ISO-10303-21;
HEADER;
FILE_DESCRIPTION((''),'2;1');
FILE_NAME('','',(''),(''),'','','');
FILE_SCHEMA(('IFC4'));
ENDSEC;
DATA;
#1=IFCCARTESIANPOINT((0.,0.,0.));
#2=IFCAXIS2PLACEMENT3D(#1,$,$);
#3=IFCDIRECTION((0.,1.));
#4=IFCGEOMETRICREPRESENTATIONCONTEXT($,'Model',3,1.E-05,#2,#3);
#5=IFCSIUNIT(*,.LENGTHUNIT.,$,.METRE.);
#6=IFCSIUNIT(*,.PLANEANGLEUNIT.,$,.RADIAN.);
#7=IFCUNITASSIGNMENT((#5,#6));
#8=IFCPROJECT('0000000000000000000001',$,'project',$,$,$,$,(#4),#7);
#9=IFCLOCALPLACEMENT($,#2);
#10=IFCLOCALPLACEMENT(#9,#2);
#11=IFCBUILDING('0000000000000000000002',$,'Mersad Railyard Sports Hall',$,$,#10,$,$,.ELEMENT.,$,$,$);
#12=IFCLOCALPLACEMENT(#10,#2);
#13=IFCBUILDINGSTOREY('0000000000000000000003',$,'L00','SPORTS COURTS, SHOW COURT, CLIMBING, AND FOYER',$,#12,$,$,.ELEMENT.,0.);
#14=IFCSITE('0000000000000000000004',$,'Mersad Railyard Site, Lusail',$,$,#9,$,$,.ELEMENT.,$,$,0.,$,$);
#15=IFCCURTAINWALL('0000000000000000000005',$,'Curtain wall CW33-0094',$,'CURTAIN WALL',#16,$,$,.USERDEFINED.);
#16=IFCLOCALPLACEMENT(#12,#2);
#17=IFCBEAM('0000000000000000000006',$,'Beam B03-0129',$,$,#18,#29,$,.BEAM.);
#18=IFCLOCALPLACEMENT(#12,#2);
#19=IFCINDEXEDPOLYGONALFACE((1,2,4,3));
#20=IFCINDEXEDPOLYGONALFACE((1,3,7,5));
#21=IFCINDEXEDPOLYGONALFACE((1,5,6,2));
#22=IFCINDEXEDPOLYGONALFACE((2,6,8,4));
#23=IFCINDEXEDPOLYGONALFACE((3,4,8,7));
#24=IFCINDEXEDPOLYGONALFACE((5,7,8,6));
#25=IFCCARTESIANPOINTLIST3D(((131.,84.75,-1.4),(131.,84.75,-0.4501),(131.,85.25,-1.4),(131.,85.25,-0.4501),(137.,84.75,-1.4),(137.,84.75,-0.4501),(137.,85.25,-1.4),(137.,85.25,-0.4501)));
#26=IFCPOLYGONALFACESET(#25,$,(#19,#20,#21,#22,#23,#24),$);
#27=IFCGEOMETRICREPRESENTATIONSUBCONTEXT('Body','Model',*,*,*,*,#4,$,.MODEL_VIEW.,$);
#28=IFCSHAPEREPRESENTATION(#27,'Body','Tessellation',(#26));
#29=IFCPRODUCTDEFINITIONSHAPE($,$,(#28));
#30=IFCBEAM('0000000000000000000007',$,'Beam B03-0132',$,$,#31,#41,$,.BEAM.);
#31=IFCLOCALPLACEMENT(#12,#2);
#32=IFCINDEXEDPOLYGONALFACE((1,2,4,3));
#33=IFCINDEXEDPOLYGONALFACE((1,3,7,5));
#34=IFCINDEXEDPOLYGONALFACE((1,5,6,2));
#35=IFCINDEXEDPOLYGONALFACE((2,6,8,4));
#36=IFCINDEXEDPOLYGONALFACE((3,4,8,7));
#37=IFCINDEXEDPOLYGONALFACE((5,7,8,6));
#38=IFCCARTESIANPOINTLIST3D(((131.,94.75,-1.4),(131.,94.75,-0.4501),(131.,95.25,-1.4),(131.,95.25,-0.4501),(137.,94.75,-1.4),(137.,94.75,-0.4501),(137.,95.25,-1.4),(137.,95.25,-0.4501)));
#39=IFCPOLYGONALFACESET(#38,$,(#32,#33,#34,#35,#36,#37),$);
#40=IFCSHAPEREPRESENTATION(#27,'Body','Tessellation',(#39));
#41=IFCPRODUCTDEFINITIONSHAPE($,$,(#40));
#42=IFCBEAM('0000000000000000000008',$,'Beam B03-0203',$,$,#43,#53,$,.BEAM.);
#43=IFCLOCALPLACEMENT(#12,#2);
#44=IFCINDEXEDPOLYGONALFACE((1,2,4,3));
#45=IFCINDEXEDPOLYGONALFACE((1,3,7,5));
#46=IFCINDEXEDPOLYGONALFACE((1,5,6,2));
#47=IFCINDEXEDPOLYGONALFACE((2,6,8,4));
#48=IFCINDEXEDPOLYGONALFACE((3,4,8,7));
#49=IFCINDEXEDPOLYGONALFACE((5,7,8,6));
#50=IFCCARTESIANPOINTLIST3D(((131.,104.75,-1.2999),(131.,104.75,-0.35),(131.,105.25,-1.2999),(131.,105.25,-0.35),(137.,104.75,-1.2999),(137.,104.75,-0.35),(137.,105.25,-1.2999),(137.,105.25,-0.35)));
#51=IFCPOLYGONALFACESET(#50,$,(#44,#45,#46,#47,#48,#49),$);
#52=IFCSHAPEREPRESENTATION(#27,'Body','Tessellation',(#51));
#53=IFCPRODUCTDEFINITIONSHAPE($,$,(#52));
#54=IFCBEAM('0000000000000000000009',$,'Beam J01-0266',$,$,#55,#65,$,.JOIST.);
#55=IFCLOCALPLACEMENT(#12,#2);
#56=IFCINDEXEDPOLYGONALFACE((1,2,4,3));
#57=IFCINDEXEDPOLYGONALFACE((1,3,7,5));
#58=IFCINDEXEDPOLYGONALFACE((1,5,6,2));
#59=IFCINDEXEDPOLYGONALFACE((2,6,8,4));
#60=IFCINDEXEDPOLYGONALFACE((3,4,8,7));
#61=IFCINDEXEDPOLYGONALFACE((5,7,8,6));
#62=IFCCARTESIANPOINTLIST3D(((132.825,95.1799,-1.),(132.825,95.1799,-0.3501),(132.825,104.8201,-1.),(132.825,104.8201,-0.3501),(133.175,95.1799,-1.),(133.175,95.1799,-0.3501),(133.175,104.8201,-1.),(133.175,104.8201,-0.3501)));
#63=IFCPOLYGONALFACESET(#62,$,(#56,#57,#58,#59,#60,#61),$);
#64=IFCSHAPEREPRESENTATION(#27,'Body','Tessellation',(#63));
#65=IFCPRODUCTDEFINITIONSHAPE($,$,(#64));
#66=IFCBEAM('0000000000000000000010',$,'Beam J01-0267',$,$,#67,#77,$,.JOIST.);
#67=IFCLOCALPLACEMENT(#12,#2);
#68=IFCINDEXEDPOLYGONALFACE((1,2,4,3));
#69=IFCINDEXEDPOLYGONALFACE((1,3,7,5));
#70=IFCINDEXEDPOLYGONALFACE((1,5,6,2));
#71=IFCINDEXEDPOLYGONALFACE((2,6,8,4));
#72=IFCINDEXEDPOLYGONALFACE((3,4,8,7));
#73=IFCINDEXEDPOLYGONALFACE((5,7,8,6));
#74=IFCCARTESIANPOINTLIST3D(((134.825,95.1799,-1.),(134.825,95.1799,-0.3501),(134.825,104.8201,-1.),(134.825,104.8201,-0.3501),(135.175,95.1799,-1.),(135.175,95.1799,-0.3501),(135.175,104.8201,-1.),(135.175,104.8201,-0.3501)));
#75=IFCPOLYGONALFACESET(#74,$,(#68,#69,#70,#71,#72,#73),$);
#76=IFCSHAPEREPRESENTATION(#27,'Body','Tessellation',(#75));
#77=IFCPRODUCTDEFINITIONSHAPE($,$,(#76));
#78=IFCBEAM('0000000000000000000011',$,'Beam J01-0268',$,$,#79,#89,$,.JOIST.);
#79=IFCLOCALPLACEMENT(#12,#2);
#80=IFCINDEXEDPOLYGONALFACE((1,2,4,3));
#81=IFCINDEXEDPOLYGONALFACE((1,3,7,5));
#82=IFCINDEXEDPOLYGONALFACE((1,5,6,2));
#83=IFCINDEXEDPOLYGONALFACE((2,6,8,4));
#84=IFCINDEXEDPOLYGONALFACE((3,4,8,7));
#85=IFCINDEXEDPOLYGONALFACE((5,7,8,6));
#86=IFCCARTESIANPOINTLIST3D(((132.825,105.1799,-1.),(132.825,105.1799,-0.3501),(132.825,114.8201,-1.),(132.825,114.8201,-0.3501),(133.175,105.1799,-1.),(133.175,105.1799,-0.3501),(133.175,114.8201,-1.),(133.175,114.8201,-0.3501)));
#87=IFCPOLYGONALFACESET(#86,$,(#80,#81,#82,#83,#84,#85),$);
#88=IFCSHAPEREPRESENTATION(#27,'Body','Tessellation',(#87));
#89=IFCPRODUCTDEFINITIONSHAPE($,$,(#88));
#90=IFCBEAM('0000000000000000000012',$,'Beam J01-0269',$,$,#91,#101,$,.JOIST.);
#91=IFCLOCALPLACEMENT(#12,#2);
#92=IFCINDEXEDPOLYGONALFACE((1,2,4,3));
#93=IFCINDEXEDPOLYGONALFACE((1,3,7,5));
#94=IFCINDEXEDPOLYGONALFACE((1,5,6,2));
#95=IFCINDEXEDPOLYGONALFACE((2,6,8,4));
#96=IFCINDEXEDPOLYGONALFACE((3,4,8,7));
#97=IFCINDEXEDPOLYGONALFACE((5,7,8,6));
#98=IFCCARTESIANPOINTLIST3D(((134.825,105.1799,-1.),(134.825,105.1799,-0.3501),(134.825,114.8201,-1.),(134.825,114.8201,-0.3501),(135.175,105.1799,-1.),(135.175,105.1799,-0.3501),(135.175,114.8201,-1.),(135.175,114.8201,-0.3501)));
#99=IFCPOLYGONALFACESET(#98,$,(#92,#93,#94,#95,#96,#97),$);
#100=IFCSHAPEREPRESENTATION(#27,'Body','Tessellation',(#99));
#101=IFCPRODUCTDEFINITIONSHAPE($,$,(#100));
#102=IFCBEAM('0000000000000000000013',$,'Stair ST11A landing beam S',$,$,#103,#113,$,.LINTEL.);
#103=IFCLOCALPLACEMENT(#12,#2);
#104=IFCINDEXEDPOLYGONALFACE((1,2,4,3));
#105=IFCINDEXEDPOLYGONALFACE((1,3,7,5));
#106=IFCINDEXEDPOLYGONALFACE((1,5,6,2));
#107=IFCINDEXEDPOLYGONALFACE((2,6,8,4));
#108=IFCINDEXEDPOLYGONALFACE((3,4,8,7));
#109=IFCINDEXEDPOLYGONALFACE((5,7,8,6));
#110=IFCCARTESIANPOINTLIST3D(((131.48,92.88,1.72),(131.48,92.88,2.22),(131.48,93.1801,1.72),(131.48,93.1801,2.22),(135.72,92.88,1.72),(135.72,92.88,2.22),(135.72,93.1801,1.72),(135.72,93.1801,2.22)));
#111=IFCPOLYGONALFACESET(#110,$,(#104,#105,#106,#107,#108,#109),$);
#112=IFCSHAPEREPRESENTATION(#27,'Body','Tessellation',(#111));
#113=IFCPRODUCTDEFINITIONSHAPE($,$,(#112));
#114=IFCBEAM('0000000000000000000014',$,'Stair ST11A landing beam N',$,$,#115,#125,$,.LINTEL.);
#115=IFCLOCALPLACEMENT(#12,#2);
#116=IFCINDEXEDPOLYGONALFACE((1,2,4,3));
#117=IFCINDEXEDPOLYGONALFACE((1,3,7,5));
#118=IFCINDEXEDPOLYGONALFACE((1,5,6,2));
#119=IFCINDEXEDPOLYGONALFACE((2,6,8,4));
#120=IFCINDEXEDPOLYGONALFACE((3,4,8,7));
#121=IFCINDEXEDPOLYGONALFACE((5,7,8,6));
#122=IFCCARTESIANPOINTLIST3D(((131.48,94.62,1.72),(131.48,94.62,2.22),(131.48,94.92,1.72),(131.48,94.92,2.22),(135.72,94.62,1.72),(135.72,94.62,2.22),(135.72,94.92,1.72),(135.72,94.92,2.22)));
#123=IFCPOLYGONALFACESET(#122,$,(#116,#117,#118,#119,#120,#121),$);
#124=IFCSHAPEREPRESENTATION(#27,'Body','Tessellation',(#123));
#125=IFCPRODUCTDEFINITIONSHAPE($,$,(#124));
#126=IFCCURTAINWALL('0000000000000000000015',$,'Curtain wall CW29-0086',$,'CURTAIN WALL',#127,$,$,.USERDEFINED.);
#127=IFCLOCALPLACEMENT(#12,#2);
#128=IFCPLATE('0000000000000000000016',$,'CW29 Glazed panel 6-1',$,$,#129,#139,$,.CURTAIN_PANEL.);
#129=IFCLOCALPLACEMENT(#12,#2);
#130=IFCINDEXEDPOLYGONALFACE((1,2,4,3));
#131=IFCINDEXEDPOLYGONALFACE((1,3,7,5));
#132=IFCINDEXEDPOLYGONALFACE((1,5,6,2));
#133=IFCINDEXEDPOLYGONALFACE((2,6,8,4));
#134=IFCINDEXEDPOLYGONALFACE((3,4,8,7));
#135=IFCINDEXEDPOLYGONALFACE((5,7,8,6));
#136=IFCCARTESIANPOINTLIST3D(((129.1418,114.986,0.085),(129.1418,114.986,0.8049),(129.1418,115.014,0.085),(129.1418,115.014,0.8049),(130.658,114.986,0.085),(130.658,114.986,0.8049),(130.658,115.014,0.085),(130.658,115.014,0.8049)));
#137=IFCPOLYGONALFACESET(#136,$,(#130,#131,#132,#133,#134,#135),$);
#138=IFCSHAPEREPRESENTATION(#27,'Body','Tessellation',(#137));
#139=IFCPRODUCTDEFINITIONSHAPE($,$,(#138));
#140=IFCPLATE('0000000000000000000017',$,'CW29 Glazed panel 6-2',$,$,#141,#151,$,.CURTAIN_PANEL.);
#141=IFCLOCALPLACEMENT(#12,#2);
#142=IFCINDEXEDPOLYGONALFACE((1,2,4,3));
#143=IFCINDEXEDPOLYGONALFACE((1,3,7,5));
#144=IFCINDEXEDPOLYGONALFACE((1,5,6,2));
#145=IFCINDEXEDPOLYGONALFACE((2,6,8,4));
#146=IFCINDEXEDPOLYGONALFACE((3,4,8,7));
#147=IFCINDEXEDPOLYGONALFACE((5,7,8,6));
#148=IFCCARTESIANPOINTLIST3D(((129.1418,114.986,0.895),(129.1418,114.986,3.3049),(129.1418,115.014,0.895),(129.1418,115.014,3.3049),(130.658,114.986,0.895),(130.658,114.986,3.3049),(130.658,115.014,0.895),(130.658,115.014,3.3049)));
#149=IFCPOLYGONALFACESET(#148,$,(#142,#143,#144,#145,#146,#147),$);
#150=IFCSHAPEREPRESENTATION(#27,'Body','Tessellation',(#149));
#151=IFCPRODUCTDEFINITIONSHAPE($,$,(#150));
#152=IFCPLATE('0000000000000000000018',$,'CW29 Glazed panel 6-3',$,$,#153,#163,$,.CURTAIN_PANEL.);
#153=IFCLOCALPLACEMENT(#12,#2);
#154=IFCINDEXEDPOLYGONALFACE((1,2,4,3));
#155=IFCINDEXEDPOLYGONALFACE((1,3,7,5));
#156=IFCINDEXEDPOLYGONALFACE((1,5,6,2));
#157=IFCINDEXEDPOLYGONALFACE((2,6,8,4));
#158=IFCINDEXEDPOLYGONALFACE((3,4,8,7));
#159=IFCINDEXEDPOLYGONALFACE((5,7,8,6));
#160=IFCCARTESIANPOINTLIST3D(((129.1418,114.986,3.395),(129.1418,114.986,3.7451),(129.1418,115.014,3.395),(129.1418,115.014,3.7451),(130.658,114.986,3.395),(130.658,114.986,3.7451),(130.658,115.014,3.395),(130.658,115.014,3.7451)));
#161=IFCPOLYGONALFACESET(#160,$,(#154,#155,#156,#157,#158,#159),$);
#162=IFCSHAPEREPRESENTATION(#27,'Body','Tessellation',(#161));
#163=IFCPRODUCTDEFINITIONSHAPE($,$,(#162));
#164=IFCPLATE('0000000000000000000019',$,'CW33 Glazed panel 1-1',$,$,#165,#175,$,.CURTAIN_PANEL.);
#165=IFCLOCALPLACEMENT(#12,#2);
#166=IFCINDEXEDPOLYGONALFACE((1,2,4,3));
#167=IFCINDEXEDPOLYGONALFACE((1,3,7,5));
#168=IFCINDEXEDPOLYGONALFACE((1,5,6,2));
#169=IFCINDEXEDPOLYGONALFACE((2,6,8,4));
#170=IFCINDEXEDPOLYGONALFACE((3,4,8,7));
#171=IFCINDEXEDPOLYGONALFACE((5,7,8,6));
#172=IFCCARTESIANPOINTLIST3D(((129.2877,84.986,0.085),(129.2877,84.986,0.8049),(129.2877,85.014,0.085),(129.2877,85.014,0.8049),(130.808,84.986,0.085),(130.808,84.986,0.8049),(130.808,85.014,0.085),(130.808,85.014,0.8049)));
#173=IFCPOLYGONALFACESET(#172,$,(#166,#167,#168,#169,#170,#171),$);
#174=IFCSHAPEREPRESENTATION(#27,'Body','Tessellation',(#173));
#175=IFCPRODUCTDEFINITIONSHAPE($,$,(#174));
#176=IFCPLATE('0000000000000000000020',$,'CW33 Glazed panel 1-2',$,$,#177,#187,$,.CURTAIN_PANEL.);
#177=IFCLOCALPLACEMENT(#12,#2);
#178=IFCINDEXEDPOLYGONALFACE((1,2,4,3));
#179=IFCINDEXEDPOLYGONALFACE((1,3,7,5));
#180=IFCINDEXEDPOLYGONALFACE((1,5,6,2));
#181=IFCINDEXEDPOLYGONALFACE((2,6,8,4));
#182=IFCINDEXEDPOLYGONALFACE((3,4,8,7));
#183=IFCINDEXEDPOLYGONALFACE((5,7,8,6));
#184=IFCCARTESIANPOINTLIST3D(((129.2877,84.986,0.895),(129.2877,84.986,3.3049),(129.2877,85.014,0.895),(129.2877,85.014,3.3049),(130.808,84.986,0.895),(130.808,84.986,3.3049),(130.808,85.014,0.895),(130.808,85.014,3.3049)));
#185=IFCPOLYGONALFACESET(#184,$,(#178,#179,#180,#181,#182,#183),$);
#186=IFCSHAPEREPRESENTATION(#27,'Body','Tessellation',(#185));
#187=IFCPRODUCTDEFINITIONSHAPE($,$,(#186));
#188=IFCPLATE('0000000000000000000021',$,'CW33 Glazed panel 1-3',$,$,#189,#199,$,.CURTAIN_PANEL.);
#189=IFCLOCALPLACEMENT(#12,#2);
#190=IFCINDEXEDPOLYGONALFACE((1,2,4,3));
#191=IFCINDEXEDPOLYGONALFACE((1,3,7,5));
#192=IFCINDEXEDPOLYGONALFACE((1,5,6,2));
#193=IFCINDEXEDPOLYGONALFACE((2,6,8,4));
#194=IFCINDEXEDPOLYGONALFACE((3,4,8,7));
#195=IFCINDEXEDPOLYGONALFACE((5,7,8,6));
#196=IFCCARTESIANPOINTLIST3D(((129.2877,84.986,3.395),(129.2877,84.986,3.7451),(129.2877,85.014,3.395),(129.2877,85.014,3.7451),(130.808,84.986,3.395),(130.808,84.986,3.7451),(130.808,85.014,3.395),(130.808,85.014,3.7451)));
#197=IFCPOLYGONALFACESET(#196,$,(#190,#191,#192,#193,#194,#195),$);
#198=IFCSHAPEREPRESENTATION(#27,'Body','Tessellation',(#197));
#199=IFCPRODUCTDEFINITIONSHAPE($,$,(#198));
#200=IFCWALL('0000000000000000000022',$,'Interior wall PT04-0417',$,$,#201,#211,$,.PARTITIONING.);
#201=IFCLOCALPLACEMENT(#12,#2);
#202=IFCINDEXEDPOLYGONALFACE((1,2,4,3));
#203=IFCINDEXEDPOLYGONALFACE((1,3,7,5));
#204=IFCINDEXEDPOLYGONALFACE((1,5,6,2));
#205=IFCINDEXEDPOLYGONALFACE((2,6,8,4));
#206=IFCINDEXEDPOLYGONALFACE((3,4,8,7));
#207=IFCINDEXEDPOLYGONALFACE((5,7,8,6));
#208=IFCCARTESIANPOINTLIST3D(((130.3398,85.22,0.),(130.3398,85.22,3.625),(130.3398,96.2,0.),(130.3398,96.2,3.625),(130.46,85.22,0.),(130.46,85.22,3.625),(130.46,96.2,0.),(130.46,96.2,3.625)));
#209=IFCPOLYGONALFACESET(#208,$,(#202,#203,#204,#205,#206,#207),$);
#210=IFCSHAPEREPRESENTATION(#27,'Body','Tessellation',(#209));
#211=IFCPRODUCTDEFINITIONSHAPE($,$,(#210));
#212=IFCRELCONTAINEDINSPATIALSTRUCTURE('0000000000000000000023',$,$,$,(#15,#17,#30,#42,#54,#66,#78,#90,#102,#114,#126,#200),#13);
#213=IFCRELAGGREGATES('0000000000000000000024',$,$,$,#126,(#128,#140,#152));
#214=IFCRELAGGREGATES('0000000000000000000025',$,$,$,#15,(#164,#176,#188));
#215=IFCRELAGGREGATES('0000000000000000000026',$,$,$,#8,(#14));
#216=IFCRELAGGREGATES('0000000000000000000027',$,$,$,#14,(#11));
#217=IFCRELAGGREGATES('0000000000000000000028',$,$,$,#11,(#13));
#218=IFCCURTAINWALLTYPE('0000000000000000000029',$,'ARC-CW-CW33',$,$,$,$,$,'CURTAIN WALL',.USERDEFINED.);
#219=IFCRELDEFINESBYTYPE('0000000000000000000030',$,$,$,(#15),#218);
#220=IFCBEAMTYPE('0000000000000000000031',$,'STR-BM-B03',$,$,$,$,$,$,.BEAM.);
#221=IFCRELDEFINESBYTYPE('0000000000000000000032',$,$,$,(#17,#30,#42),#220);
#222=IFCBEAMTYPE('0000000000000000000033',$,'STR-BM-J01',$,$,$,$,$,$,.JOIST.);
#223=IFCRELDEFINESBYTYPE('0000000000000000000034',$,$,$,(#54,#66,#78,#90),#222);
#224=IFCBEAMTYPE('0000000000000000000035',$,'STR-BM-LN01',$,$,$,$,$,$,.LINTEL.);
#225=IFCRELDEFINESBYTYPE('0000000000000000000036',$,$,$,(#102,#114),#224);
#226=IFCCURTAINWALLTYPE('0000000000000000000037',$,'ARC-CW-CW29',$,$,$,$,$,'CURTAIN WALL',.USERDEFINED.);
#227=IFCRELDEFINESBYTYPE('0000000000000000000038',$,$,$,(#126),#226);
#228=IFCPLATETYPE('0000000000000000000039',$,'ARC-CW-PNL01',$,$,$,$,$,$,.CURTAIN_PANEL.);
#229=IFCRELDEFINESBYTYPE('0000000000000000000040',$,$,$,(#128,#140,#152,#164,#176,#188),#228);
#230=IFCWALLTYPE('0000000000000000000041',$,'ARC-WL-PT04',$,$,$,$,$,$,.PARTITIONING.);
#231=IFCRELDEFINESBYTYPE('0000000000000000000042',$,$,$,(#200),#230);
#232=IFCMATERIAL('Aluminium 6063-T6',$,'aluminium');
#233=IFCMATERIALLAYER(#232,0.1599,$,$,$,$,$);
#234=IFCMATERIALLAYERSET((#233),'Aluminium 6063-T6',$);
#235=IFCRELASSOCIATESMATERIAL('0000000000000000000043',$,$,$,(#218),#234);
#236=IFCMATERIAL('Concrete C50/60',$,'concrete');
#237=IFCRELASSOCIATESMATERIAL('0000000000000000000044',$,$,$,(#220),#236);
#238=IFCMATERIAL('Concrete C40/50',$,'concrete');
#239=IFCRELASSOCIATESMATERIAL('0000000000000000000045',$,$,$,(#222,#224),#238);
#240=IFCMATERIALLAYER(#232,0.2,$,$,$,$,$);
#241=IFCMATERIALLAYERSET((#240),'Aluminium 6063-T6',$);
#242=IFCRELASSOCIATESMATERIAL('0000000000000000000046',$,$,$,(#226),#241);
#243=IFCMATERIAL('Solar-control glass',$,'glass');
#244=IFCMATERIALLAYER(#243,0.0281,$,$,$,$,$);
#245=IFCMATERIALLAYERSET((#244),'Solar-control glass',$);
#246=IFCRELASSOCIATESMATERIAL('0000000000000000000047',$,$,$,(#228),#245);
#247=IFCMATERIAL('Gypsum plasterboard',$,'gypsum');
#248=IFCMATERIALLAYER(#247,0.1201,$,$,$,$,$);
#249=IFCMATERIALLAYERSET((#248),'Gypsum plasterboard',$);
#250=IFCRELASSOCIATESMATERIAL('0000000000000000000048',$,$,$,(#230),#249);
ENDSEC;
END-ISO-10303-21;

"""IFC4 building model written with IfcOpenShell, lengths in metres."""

from ifc_helpers import new_model, si_unit, direction, frame, frame_2d, origin, origin_2d, place, context, subcontext, project, spatial, rectangle, extrude, material, layer, layer_set, material_profile, profile_set, type_object, element, aggregate, save


model = new_model("IFC4")

# Units and contexts
model_context = context("Model", 3, precision=1e-05, world=origin(), true_north=direction((0.0, 1.0)))
body_context = subcontext(model_context, "Body", "Model", "MODEL_VIEW")
ifc_project = project(units=[si_unit("LENGTHUNIT", "METRE"), si_unit("PLANEANGLEUNIT", "RADIAN")], contexts=[model_context])

# Site, building, storey
site_placement = place(None, origin())
site = spatial("IfcSite", under=ifc_project, at=site_placement, Name="Mersad Railyard Site, Lusail", CompositionType="ELEMENT", RefElevation=0.0)
building_placement = place(site_placement, origin())
building = spatial("IfcBuilding", under=site, at=building_placement, Name="Mersad Railyard Sports Hall", CompositionType="ELEMENT")
storey_placement = place(building_placement, origin())
storey = spatial("IfcBuildingStorey", under=building, at=storey_placement, Name="L00", Description="SPORTS COURTS, SHOW COURT, CLIMBING, AND FOYER", CompositionType="ELEMENT", Elevation=0.0)

# Shared definitions
ifc_material_1 = material(Name="Concrete C50/60", Category="concrete")

# Curtain wall
ifc_material_2 = material(Name="Aluminium 6063-T6", Category="aluminium")
ifc_layer_1 = layer(ifc_material_2, 0.1599)
ifc_layer_set_1 = layer_set([ifc_layer_1], Name="Aluminium 6063-T6")
curtain_wall_type_1 = type_object("IfcCurtainWallType", Name="ARC-CW-CW33", ElementType="CURTAIN WALL", PredefinedType="USERDEFINED", material=ifc_layer_set_1)
curtain_wall_1_placement = place(storey_placement, origin())
curtain_wall_1 = element("IfcCurtainWall", 1, at=curtain_wall_1_placement, inside=storey, type_object=curtain_wall_type_1, Name="Curtain wall CW33-0094", ObjectType="CURTAIN WALL", PredefinedType="USERDEFINED")

# Beams
ifc_material_3 = material(Name="Concrete C40/50", Category="concrete")
ifc_material_profile_1 = material_profile(ifc_material_1, rectangle(XDim=0.5, YDim=0.95, at=origin_2d()), Name="RC 500x950")
ifc_profile_set_1 = profile_set([ifc_material_profile_1], Name="Concrete C50/60")
beam_type_1 = type_object("IfcBeamType", Name="STR-BM-B03", PredefinedType="BEAM", material=ifc_profile_set_1)
for number, where, z_axis, x_axis, name in (
    (2, (131.0, 85.0, -0.925), (1.0, 0.0, 0.0), (0.0, 1.0, 0.0), "Beam B03-0129"),
    (3, (131.0, 95.0, -0.925), (1.0, 0.0, 0.0), (0.0, 1.0, 0.0), "Beam B03-0132"),
    (4, (131.0, 105.0, -0.825), (1.0, 0.0, 0.0), (0.0, 1.0, 0.0), "Beam B03-0203"),
):
    element("IfcBeam", number, at=place(storey_placement, frame(where, z_axis=z_axis, x_axis=x_axis)), inside=storey, type_object=beam_type_1, Name=name, PredefinedType="BEAM", context=body_context, shape_type="SweptSolid", body=[
        extrude(rectangle(XDim=0.5, YDim=0.95, at=origin_2d()), origin(), (0.0, 0.0, 1.0), 6.0),
    ])
ifc_material_profile_2 = material_profile(ifc_material_3, rectangle(XDim=0.3501, YDim=0.6499, at=origin_2d()), Name="RC 350x650")
ifc_profile_set_2 = profile_set([ifc_material_profile_2], Name="Concrete C40/50")
beam_type_2 = type_object("IfcBeamType", Name="STR-BM-J01", PredefinedType="JOIST", material=ifc_profile_set_2)
for number, where, z_axis, x_axis, name in (
    (5, (133.0, 95.1799, -0.675), (0.0, 1.0, 0.0), (-1.0, 0.0, 0.0), "Beam J01-0266"),
    (6, (135.0, 95.1799, -0.675), (0.0, 1.0, 0.0), (-1.0, 0.0, 0.0), "Beam J01-0267"),
    (7, (133.0, 105.1799, -0.675), (0.0, 1.0, 0.0), (-1.0, 0.0, 0.0), "Beam J01-0268"),
    (8, (135.0, 105.1799, -0.675), (0.0, 1.0, 0.0), (-1.0, 0.0, 0.0), "Beam J01-0269"),
):
    element("IfcBeam", number, at=place(storey_placement, frame(where, z_axis=z_axis, x_axis=x_axis)), inside=storey, type_object=beam_type_2, Name=name, PredefinedType="JOIST", context=body_context, shape_type="SweptSolid", body=[
        extrude(rectangle(XDim=0.3501, YDim=0.6499, at=origin_2d()), origin(), (0.0, 0.0, 1.0), 9.6401),
    ])
ifc_material_profile_3 = material_profile(ifc_material_3, rectangle(XDim=0.3, YDim=0.5, at=origin_2d()), Name="RC 300x500")
ifc_profile_set_3 = profile_set([ifc_material_profile_3], Name="Concrete C40/50")
beam_type_3 = type_object("IfcBeamType", Name="STR-BM-LN01", PredefinedType="LINTEL", material=ifc_profile_set_3)
for number, where, z_axis, x_axis, name in (
    (9, (131.48, 93.03, 1.97), (1.0, 0.0, 0.0), (0.0, 1.0, 0.0), "Stair ST11A landing beam S"),
    (10, (131.48, 94.77, 1.97), (1.0, 0.0, 0.0), (0.0, 1.0, 0.0), "Stair ST11A landing beam N"),
):
    element("IfcBeam", number, at=place(storey_placement, frame(where, z_axis=z_axis, x_axis=x_axis)), inside=storey, type_object=beam_type_3, Name=name, PredefinedType="LINTEL", context=body_context, shape_type="SweptSolid", body=[
        extrude(rectangle(XDim=0.3, YDim=0.5, at=origin_2d()), origin(), (0.0, 0.0, 1.0), 4.24),
    ])

# Curtain wall, plates
ifc_layer_2 = layer(ifc_material_2, 0.2)
ifc_layer_set_2 = layer_set([ifc_layer_2], Name="Aluminium 6063-T6")
curtain_wall_type_2 = type_object("IfcCurtainWallType", Name="ARC-CW-CW29", ElementType="CURTAIN WALL", PredefinedType="USERDEFINED", material=ifc_layer_set_2)
curtain_wall_2_placement = place(storey_placement, origin())
curtain_wall_2 = element("IfcCurtainWall", 11, at=curtain_wall_2_placement, inside=storey, type_object=curtain_wall_type_2, Name="Curtain wall CW29-0086", ObjectType="CURTAIN WALL", PredefinedType="USERDEFINED")
ifc_material_4 = material(Name="Solar-control glass", Category="glass")
ifc_layer_3 = layer(ifc_material_4, 0.0281)
ifc_layer_set_3 = layer_set([ifc_layer_3], Name="Solar-control glass")
plate_type = type_object("IfcPlateType", Name="ARC-CW-PNL01", PredefinedType="CURTAIN_PANEL", material=ifc_layer_set_3)
plate_1_placement = place(storey_placement, frame((129.8999, 115.0, 0.085), z_axis=(0.0, 0.0, 1.0), x_axis=(1.0, 0.0, 0.0)))
plate_1 = element("IfcPlate", 12, at=plate_1_placement, type_object=plate_type, Name="CW29 Glazed panel 6-1", PredefinedType="CURTAIN_PANEL", context=body_context, shape_type="SweptSolid", body=[
    extrude(rectangle(XDim=1.5161, YDim=0.0281, at=origin_2d()), origin(), (0.0, 0.0, 1.0), 0.72),
])
plate_2_placement = place(storey_placement, frame((129.8999, 115.0, 0.895), z_axis=(0.0, 0.0, 1.0), x_axis=(1.0, 0.0, 0.0)))
plate_2 = element("IfcPlate", 13, at=plate_2_placement, type_object=plate_type, Name="CW29 Glazed panel 6-2", PredefinedType="CURTAIN_PANEL", context=body_context, shape_type="SweptSolid", body=[
    extrude(rectangle(XDim=1.5161, YDim=0.0281, at=origin_2d()), origin(), (0.0, 0.0, 1.0), 2.4099),
])
plate_3_placement = place(storey_placement, frame((129.8999, 115.0, 3.395), z_axis=(0.0, 0.0, 1.0), x_axis=(1.0, 0.0, 0.0)))
plate_3 = element("IfcPlate", 14, at=plate_3_placement, type_object=plate_type, Name="CW29 Glazed panel 6-3", PredefinedType="CURTAIN_PANEL", context=body_context, shape_type="SweptSolid", body=[
    extrude(rectangle(XDim=1.5161, YDim=0.0281, at=origin_2d()), origin(), (0.0, 0.0, 1.0), 0.3501),
])
aggregate(curtain_wall_2, [plate_1, plate_2, plate_3])

# Plates
plate_4_placement = place(storey_placement, frame((130.0479, 85.0, 0.085), z_axis=(0.0, 0.0, 1.0), x_axis=(-1.0, 0.0, 0.0)))
plate_4 = element("IfcPlate", 15, at=plate_4_placement, type_object=plate_type, Name="CW33 Glazed panel 1-1", PredefinedType="CURTAIN_PANEL", context=body_context, shape_type="SweptSolid", body=[
    extrude(rectangle(XDim=1.5203, YDim=0.0281, at=origin_2d()), origin(), (0.0, 0.0, 1.0), 0.72),
])
plate_5_placement = place(storey_placement, frame((130.0479, 85.0, 0.895), z_axis=(0.0, 0.0, 1.0), x_axis=(-1.0, 0.0, 0.0)))
plate_5 = element("IfcPlate", 16, at=plate_5_placement, type_object=plate_type, Name="CW33 Glazed panel 1-2", PredefinedType="CURTAIN_PANEL", context=body_context, shape_type="SweptSolid", body=[
    extrude(rectangle(XDim=1.5203, YDim=0.0281, at=origin_2d()), origin(), (0.0, 0.0, 1.0), 2.4099),
])
plate_6_placement = place(storey_placement, frame((130.0479, 85.0, 3.395), z_axis=(0.0, 0.0, 1.0), x_axis=(-1.0, 0.0, 0.0)))
plate_6 = element("IfcPlate", 17, at=plate_6_placement, type_object=plate_type, Name="CW33 Glazed panel 1-3", PredefinedType="CURTAIN_PANEL", context=body_context, shape_type="SweptSolid", body=[
    extrude(rectangle(XDim=1.5203, YDim=0.0281, at=origin_2d()), origin(), (0.0, 0.0, 1.0), 0.3501),
])
aggregate(curtain_wall_1, [plate_4, plate_5, plate_6])

# Wall
ifc_material_5 = material(Name="Gypsum plasterboard", Category="gypsum")
ifc_layer_4 = layer(ifc_material_5, 0.1201)
ifc_layer_set_4 = layer_set([ifc_layer_4], Name="Gypsum plasterboard")
wall_type_1 = type_object("IfcWallType", Name="ARC-WL-PT04", PredefinedType="PARTITIONING", material=ifc_layer_set_4)
wall_1_placement = place(storey_placement, frame((130.3999, 85.22, 0.0), z_axis=(0.0, 0.0, 1.0), x_axis=(0.0, 1.0, 0.0)))
element("IfcWall", 18, at=wall_1_placement, inside=storey, type_object=wall_type_1, Name="Interior wall PT04-0417", PredefinedType="PARTITIONING", context=body_context, shape_type="SweptSolid", body=[
    extrude(rectangle(XDim=10.98, YDim=0.1201, at=frame_2d((5.49, 0.0))), origin(), (0.0, 0.0, 1.0), 3.625),
])

save(model, "model.ifc")
